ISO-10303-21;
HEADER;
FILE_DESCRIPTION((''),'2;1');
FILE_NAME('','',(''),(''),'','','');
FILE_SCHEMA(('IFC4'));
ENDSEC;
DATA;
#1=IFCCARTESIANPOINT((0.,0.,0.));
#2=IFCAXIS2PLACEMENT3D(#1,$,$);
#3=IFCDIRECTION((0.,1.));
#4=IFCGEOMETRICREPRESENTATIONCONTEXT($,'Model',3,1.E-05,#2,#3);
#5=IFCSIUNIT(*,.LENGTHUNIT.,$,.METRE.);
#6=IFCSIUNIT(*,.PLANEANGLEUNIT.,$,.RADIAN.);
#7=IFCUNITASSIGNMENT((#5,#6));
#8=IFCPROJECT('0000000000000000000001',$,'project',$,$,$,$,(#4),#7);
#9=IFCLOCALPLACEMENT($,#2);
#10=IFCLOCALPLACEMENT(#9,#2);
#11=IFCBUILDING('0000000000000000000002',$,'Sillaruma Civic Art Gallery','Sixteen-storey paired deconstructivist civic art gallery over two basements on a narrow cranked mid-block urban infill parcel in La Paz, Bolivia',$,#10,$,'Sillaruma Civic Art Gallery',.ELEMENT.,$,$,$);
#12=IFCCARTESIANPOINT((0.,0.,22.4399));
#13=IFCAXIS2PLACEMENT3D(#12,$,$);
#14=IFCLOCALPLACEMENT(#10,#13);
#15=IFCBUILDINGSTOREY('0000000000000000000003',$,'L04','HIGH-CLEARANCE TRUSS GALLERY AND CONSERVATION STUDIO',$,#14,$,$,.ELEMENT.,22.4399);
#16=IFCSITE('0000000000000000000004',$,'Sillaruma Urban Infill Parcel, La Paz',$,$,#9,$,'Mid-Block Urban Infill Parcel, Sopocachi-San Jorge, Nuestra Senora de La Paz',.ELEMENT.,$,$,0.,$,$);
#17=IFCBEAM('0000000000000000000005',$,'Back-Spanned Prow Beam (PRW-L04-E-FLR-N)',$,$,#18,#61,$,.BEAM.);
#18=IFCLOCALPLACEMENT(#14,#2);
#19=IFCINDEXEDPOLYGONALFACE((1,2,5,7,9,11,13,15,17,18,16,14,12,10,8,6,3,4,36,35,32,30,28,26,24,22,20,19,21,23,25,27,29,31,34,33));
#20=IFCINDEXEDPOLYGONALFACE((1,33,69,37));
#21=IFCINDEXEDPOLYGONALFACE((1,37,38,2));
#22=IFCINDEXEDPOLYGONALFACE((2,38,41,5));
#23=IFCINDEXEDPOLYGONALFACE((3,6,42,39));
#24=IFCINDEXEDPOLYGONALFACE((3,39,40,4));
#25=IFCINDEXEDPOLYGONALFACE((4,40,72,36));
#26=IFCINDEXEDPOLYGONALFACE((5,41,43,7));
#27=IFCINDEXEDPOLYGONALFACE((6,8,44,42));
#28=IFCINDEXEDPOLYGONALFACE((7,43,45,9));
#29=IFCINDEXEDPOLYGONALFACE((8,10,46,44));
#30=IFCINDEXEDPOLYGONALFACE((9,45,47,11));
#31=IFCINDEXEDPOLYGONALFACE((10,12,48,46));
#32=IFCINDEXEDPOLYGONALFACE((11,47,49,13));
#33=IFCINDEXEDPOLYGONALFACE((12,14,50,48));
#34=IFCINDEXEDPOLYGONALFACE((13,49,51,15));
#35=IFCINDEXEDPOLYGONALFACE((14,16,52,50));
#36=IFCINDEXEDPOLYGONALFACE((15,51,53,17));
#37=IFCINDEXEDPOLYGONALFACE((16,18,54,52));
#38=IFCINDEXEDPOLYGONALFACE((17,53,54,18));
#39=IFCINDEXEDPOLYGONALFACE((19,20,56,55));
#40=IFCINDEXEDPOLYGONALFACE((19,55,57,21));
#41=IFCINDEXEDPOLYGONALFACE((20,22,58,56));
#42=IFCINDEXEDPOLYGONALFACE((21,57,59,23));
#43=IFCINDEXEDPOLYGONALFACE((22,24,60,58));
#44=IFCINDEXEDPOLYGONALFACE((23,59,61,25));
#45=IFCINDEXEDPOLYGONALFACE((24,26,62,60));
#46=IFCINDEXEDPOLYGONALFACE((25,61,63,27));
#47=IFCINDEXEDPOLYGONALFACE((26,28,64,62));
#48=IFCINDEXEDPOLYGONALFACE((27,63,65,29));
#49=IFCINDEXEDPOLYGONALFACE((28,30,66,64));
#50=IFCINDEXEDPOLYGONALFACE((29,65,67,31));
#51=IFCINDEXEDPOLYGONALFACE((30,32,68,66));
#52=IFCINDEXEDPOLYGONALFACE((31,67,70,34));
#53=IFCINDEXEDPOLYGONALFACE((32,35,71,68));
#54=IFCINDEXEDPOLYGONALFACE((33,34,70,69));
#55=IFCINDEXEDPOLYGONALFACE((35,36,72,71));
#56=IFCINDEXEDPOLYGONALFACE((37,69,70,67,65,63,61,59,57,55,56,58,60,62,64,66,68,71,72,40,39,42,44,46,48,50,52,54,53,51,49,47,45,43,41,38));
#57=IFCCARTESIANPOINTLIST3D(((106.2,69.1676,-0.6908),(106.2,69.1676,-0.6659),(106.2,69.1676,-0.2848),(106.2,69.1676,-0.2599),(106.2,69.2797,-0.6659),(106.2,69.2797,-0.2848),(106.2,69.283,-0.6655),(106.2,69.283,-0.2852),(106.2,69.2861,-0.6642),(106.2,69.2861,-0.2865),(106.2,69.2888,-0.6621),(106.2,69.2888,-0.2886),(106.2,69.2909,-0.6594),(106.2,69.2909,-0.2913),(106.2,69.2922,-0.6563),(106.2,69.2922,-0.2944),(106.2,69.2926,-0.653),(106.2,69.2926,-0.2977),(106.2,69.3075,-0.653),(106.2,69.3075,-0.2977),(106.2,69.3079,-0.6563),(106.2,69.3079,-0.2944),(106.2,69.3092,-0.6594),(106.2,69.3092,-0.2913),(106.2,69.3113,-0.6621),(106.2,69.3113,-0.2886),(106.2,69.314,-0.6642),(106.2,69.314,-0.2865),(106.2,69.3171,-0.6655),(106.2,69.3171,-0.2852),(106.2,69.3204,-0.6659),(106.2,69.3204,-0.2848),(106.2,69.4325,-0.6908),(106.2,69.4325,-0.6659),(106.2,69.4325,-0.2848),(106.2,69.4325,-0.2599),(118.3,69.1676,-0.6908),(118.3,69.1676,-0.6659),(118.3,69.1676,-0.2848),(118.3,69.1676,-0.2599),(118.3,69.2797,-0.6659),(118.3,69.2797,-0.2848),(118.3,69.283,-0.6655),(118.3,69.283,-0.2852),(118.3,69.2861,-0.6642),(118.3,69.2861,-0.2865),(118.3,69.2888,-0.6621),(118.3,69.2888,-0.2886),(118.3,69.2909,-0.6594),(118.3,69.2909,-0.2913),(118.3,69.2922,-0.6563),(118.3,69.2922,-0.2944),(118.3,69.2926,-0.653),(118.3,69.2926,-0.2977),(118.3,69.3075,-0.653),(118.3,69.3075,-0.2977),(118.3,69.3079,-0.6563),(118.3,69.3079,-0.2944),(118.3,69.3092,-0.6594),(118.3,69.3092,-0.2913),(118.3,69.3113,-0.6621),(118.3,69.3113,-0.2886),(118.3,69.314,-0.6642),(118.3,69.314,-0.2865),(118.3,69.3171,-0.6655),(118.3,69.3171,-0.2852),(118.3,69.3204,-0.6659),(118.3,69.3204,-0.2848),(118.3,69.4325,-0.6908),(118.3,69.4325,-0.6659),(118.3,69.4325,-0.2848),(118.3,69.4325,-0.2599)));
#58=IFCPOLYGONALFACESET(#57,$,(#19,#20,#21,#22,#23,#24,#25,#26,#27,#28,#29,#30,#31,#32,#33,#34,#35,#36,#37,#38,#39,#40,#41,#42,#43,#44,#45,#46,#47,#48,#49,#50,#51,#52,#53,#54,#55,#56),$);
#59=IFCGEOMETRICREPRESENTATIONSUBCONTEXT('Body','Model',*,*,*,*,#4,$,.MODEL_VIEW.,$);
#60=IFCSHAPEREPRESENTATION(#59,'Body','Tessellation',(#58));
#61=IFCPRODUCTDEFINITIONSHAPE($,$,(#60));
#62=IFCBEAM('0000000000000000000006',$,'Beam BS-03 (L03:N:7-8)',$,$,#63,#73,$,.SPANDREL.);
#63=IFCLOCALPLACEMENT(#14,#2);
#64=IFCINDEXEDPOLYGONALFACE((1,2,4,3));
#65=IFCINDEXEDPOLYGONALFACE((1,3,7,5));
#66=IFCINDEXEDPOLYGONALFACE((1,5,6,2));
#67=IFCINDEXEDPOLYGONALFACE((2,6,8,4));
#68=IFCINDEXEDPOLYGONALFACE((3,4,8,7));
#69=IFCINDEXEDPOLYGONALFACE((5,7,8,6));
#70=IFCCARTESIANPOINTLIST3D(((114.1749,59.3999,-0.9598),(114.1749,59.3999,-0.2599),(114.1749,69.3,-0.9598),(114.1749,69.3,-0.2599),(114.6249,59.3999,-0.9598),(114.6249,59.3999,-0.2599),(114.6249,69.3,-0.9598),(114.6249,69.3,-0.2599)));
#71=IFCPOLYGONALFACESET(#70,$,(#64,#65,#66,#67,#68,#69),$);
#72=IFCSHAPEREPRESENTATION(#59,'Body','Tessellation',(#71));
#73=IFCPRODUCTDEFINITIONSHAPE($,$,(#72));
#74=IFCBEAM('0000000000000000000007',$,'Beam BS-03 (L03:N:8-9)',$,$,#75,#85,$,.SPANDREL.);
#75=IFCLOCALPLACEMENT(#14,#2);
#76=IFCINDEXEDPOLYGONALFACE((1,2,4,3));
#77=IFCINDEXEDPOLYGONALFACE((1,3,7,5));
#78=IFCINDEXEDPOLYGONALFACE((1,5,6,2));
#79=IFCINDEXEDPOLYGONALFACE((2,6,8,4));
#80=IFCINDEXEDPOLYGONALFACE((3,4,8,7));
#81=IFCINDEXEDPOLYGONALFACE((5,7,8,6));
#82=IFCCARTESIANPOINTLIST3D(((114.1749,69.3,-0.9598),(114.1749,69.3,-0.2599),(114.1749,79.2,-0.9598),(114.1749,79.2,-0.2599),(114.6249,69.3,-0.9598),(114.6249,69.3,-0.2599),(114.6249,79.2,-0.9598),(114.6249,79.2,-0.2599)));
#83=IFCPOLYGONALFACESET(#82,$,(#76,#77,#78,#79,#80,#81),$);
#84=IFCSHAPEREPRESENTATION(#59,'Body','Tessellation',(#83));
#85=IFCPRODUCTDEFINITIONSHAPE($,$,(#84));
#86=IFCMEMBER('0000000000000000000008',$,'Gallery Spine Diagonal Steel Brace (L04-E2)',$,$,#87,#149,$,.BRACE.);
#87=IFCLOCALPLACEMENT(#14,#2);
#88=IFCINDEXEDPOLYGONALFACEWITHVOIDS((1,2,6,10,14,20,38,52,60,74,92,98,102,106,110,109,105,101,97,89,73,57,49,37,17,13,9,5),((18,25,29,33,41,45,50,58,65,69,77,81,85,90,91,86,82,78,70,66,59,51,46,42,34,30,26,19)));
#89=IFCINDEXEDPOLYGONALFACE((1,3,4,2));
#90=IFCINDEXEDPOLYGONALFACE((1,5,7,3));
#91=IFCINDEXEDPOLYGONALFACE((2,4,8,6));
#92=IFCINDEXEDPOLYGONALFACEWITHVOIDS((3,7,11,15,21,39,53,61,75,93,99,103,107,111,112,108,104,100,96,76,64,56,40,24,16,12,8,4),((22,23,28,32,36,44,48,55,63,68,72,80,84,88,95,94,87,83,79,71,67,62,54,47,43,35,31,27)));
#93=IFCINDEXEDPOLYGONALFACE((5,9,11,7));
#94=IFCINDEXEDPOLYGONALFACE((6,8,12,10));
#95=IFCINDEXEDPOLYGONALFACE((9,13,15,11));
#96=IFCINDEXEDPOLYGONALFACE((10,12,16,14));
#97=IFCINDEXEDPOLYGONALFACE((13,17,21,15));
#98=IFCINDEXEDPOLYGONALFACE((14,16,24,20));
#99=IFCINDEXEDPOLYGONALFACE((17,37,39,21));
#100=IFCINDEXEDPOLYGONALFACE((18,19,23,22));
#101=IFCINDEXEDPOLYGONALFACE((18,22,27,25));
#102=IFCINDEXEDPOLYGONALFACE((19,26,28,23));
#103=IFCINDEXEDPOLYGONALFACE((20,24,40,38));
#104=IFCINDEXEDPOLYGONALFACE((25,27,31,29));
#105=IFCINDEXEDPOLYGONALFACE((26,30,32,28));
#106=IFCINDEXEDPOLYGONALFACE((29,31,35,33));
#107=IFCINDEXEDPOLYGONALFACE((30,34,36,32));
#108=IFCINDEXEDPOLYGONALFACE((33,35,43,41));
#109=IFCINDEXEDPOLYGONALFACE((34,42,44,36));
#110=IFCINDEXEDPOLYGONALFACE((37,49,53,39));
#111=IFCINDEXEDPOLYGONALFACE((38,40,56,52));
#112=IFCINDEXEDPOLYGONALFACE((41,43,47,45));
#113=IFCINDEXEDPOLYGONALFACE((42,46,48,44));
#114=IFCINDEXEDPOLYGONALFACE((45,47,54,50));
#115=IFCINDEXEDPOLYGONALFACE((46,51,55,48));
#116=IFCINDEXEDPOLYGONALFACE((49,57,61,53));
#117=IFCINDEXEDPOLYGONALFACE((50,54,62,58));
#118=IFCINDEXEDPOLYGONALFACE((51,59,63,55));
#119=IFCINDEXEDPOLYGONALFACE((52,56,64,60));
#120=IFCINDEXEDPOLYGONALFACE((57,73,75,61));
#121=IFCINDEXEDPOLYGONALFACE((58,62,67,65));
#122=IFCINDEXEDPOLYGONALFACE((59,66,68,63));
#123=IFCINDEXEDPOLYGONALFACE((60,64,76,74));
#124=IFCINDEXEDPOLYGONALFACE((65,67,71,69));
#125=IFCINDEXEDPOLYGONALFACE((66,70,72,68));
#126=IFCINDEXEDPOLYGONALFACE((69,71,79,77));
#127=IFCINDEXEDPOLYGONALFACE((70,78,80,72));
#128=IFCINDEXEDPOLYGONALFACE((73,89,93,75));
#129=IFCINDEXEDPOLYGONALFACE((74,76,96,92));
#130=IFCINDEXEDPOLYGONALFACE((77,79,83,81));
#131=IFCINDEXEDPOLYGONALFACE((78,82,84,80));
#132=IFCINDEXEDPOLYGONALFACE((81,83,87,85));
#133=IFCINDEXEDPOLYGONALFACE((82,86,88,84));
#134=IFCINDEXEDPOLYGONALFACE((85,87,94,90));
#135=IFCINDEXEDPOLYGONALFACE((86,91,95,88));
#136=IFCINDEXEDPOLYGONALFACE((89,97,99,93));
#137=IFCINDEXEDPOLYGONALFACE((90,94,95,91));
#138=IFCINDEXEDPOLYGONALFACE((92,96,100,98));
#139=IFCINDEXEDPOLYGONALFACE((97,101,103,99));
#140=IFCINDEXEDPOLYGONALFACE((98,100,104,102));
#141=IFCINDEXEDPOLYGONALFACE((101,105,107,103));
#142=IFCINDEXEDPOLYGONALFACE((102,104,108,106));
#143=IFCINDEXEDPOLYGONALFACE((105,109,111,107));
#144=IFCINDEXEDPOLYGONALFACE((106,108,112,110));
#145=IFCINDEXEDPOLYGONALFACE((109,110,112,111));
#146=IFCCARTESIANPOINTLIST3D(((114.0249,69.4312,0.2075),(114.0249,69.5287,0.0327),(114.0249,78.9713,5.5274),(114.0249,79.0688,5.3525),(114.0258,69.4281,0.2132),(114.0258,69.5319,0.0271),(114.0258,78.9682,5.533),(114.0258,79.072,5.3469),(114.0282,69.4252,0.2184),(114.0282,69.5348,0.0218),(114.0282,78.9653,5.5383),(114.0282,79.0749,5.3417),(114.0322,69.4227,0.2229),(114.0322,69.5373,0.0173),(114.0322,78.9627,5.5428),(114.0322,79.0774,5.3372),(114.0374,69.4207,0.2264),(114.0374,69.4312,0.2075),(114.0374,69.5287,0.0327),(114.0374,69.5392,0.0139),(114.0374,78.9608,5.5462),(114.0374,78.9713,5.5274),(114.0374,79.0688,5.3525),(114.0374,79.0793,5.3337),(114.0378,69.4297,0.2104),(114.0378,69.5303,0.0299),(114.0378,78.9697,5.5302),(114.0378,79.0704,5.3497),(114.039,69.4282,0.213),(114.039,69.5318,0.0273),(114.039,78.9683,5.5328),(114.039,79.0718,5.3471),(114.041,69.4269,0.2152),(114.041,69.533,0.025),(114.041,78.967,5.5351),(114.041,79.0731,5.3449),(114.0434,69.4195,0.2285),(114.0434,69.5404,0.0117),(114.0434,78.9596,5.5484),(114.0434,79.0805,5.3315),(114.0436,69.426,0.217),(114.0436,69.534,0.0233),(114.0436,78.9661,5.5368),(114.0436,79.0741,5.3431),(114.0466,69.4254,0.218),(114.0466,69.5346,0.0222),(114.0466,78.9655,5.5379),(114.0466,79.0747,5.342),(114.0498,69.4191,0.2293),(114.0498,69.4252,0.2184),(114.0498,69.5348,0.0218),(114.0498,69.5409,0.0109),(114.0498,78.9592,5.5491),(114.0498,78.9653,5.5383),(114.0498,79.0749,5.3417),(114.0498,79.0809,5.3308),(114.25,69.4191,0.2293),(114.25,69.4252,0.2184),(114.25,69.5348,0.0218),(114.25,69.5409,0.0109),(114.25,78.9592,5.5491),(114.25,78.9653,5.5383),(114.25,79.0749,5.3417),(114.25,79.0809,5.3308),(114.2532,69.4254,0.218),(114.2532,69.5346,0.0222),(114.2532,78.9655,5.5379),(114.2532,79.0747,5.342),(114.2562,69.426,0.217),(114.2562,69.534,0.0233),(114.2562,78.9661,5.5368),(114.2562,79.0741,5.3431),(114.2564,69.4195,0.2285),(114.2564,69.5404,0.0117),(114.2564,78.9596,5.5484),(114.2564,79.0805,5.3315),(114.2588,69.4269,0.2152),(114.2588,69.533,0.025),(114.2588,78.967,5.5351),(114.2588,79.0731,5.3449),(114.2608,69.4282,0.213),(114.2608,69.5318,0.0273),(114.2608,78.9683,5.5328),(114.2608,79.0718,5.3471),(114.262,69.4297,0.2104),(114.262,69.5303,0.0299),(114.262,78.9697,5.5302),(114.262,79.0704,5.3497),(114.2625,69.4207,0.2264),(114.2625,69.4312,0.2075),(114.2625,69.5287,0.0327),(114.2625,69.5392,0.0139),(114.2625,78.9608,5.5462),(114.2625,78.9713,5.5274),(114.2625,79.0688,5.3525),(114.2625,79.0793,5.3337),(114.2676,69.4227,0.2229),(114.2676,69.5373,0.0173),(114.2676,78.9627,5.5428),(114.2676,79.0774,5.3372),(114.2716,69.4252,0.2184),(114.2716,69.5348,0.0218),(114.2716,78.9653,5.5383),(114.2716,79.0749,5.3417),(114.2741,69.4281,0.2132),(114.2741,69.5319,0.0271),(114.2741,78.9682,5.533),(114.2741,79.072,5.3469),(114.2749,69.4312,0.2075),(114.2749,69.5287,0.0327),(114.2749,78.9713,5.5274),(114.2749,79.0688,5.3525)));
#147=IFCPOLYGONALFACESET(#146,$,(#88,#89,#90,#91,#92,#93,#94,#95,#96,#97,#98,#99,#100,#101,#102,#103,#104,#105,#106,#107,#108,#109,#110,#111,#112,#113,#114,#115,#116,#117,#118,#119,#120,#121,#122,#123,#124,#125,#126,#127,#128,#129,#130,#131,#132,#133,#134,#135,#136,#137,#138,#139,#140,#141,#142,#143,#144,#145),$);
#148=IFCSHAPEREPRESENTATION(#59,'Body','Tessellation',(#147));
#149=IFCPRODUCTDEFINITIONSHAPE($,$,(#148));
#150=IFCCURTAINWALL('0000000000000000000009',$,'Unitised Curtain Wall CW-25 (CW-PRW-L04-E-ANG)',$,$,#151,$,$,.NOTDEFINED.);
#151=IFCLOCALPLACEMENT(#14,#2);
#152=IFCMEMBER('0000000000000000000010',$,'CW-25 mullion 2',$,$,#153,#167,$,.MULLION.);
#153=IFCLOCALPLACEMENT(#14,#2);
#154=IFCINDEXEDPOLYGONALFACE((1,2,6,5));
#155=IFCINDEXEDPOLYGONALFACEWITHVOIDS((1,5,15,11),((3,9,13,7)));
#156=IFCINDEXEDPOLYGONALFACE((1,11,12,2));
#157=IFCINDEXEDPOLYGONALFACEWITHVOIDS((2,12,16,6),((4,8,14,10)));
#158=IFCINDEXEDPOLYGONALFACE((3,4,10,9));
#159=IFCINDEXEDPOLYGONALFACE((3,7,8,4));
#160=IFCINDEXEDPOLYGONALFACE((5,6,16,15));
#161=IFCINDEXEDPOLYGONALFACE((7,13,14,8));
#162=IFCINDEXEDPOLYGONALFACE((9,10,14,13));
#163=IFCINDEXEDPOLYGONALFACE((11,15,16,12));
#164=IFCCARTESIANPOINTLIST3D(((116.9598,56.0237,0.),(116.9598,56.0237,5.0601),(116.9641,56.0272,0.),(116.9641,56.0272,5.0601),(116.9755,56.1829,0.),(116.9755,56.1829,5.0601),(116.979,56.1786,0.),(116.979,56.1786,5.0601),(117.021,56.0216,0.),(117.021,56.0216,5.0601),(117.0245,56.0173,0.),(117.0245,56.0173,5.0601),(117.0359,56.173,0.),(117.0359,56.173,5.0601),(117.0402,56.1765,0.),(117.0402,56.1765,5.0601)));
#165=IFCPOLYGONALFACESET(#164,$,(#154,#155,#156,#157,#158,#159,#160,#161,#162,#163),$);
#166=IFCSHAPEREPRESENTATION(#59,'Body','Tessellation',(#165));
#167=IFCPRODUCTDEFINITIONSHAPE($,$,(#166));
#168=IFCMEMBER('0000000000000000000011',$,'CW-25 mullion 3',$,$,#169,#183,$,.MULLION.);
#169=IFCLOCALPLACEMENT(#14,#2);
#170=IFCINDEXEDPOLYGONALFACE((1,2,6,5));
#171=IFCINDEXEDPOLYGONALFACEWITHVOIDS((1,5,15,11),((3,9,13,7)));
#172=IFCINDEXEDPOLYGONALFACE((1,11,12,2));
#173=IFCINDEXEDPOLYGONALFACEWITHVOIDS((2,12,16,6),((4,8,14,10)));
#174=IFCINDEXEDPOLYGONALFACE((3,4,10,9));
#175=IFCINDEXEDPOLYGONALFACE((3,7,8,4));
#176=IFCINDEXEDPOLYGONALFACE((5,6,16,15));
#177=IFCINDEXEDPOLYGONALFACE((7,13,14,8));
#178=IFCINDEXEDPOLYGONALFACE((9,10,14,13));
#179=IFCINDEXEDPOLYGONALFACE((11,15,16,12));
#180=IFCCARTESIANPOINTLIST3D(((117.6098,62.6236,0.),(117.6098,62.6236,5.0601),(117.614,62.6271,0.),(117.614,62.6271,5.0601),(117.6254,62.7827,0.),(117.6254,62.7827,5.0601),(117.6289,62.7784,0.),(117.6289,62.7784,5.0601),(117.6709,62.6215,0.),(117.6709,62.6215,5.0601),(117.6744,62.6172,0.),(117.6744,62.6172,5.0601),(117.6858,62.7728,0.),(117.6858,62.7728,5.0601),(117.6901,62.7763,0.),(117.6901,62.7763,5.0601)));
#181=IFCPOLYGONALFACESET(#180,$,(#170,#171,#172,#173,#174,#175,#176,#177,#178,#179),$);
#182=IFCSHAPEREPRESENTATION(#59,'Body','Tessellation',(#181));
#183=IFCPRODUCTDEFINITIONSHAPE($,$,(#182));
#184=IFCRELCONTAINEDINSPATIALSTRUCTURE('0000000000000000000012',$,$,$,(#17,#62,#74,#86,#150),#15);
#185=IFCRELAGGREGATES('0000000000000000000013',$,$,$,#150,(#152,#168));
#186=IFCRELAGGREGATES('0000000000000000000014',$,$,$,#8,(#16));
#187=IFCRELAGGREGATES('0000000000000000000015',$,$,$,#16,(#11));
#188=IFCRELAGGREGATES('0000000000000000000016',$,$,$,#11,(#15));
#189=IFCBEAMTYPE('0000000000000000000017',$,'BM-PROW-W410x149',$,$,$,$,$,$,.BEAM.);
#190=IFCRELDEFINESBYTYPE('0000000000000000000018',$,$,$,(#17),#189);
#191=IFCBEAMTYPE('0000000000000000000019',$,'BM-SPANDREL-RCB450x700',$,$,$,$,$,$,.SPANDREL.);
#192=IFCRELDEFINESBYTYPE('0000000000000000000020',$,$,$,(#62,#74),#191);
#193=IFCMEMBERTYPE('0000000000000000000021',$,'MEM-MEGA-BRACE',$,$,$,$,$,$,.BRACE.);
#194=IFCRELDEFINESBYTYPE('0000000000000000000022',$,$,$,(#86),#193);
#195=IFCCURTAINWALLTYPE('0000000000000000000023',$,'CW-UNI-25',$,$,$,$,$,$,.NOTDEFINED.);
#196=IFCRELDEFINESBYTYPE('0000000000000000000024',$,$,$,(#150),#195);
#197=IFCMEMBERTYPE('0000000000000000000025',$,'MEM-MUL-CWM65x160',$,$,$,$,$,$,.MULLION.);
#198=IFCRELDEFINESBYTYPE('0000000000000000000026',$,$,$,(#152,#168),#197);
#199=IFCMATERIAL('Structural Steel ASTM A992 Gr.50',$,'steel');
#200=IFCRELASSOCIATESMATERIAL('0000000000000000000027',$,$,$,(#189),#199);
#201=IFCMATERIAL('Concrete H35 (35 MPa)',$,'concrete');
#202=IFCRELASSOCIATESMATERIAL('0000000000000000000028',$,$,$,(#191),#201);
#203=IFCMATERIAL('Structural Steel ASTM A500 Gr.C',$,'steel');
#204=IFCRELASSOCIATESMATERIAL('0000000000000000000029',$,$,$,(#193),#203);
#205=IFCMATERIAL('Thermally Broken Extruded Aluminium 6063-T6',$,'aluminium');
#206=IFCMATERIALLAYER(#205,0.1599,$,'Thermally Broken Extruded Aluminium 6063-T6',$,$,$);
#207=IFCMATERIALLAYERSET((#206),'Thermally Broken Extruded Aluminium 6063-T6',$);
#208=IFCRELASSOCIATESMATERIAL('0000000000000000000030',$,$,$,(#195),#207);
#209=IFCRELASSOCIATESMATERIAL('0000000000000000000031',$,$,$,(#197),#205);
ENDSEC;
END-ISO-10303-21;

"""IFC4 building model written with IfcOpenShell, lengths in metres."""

from ifc_helpers import new_model, si_unit, direction, frame, origin, origin_2d, place, context, subcontext, project, spatial, rectangle, hollow_rectangle, i_section, extrude, material, layer, layer_set, material_profile, profile_set, type_object, element, aggregate, save


model = new_model("IFC4")

# Units and contexts
model_context = context("Model", 3, precision=1e-05, world=origin(), true_north=direction((0.0, 1.0)))
body_context = subcontext(model_context, "Body", "Model", "MODEL_VIEW")
ifc_project = project(units=[si_unit("LENGTHUNIT", "METRE"), si_unit("PLANEANGLEUNIT", "RADIAN")], contexts=[model_context])

# Site, building, storey
site_placement = place(None, origin())
site = spatial("IfcSite", under=ifc_project, at=site_placement, Name="Sillaruma Urban Infill Parcel, La Paz", LongName="Mid-Block Urban Infill Parcel, Sopocachi-San Jorge, Nuestra Senora de La Paz", CompositionType="ELEMENT", RefElevation=0.0)
building_placement = place(site_placement, origin())
building = spatial("IfcBuilding", under=site, at=building_placement, Name="Sillaruma Civic Art Gallery", Description="Sixteen-storey paired deconstructivist civic art gallery over two basements on a narrow cranked mid-block urban infill parcel in La Paz, Bolivia", LongName="Sillaruma Civic Art Gallery", CompositionType="ELEMENT")
storey_placement = place(building_placement, frame((0.0, 0.0, 22.4399)))
storey = spatial("IfcBuildingStorey", under=building, at=storey_placement, Name="L04", Description="HIGH-CLEARANCE TRUSS GALLERY AND CONSERVATION STUDIO", CompositionType="ELEMENT", Elevation=22.4399)

# Beams
ifc_material_1 = material(Name="Structural Steel ASTM A500 Gr.C", Category="steel")
ifc_material_2 = material(Name="Structural Steel ASTM A992 Gr.50", Category="steel")
ifc_material_profile_1 = material_profile(ifc_material_2, i_section(OverallWidth=0.2649, OverallDepth=0.4309, WebThickness=0.0149, FlangeThickness=0.0249, FilletRadius=0.0129, at=origin_2d()), Name="W410x149")
ifc_profile_set_1 = profile_set([ifc_material_profile_1], Name="Structural Steel ASTM A992 Gr.50")
beam_type_1 = type_object("IfcBeamType", Name="BM-PROW-W410x149", PredefinedType="BEAM", material=ifc_profile_set_1)
beam_1_placement = place(storey_placement, frame((106.2, 69.3, -0.4753), z_axis=(1.0, 0.0, 0.0), x_axis=(0.0, 1.0, 0.0)))
element("IfcBeam", 1, at=beam_1_placement, inside=storey, type_object=beam_type_1, Name="Back-Spanned Prow Beam (PRW-L04-E-FLR-N)", PredefinedType="BEAM", context=body_context, shape_type="SweptSolid", body=[
    extrude(i_section(OverallWidth=0.2649, OverallDepth=0.4309, WebThickness=0.0149, FlangeThickness=0.0249, FilletRadius=0.0129, at=origin_2d()), origin(), (0.0, 0.0, 1.0), 12.1001),
])
ifc_material_3 = material(Name="Concrete H35 (35 MPa)", Category="concrete")
ifc_material_profile_2 = material_profile(ifc_material_3, rectangle(XDim=0.45, YDim=0.7, at=origin_2d()), Name="RCB450x700")
ifc_profile_set_2 = profile_set([ifc_material_profile_2], Name="Concrete H35 (35 MPa)")
beam_type_2 = type_object("IfcBeamType", Name="BM-SPANDREL-RCB450x700", PredefinedType="SPANDREL", material=ifc_profile_set_2)
beam_2_placement = place(storey_placement, frame((114.3999, 59.3999, -0.6099), z_axis=(0.0, 1.0, 0.0), x_axis=(-1.0, 0.0, 0.0)))
element("IfcBeam", 2, at=beam_2_placement, inside=storey, type_object=beam_type_2, Name="Beam BS-03 (L03:N:7-8)", PredefinedType="SPANDREL", context=body_context, shape_type="SweptSolid", body=[
    extrude(rectangle(XDim=0.45, YDim=0.7, at=origin_2d()), origin(), (0.0, 0.0, 1.0), 9.9001),
])
beam_3_placement = place(storey_placement, frame((114.3999, 69.3, -0.6099), z_axis=(0.0, 1.0, 0.0), x_axis=(-1.0, 0.0, 0.0)))
element("IfcBeam", 3, at=beam_3_placement, inside=storey, type_object=beam_type_2, Name="Beam BS-03 (L03:N:8-9)", PredefinedType="SPANDREL", context=body_context, shape_type="SweptSolid", body=[
    extrude(rectangle(XDim=0.45, YDim=0.7, at=origin_2d()), origin(), (0.0, 0.0, 1.0), 9.8999),
])

# Member
ifc_material_profile_3 = material_profile(ifc_material_1, hollow_rectangle(XDim=0.25, YDim=0.25, WallThickness=0.0125, InnerFilletRadius=0.0125, OuterFilletRadius=0.0249, at=origin_2d()), Name="HSS250x250x12.5")
ifc_profile_set_3 = profile_set([ifc_material_profile_3], Name="Structural Steel ASTM A500 Gr.C")
member_type_1 = type_object("IfcMemberType", Name="MEM-MEGA-BRACE", PredefinedType="BRACE", material=ifc_profile_set_3)
member_1_placement = place(storey_placement, frame((114.1499, 69.48, 0.1201), z_axis=(0.0, 0.873387, 0.487028), x_axis=(-1.0, 0.0, 0.0)))
element("IfcMember", 4, at=member_1_placement, inside=storey, type_object=member_type_1, Name="Gallery Spine Diagonal Steel Brace (L04-E2)", PredefinedType="BRACE", context=body_context, shape_type="SweptSolid", body=[
    extrude(hollow_rectangle(XDim=0.25, YDim=0.25, WallThickness=0.0125, InnerFilletRadius=0.0125, OuterFilletRadius=0.0249, at=origin_2d()), origin(), (0.0, 0.0, 1.0), 10.9231),
])

# Curtain wall, members
ifc_material_4 = material(Name="Thermally Broken Extruded Aluminium 6063-T6", Category="aluminium")
ifc_layer_1 = layer(ifc_material_4, 0.1599, Name="Thermally Broken Extruded Aluminium 6063-T6")
ifc_layer_set_1 = layer_set([ifc_layer_1], Name="Thermally Broken Extruded Aluminium 6063-T6")
curtain_wall_type_1 = type_object("IfcCurtainWallType", Name="CW-UNI-25", PredefinedType="NOTDEFINED", material=ifc_layer_set_1)
curtain_wall_1_placement = place(storey_placement, origin())
curtain_wall_1 = element("IfcCurtainWall", 5, at=curtain_wall_1_placement, inside=storey, type_object=curtain_wall_type_1, Name="Unitised Curtain Wall CW-25 (CW-PRW-L04-E-ANG)", PredefinedType="NOTDEFINED")
ifc_material_profile_4 = material_profile(ifc_material_4, hollow_rectangle(XDim=0.0649, YDim=0.1599, WallThickness=0.0039, at=origin_2d()), Name="CWM65x160")
ifc_profile_set_4 = profile_set([ifc_material_profile_4], Name="Thermally Broken Extruded Aluminium 6063-T6")
member_type_2 = type_object("IfcMemberType", Name="MEM-MUL-CWM65x160", PredefinedType="MULLION", material=ifc_profile_set_4)
member_2_placement = place(storey_placement, frame((117.0, 56.1001, 0.0), z_axis=(0.0, 0.0, 1.0), x_axis=(-0.995185, 0.098011, 0.0)))
member_2 = element("IfcMember", 6, at=member_2_placement, type_object=member_type_2, Name="CW-25 mullion 2", PredefinedType="MULLION", context=body_context, shape_type="SweptSolid", body=[
    extrude(hollow_rectangle(XDim=0.0649, YDim=0.1599, WallThickness=0.0039, at=origin_2d()), origin(), (0.0, 0.0, 1.0), 5.0601),
])
member_3_placement = place(storey_placement, frame((117.6499, 62.7, 0.0), z_axis=(0.0, 0.0, 1.0), x_axis=(-0.995185, 0.098011, 0.0)))
member_3 = element("IfcMember", 7, at=member_3_placement, type_object=member_type_2, Name="CW-25 mullion 3", PredefinedType="MULLION", context=body_context, shape_type="SweptSolid", body=[
    extrude(hollow_rectangle(XDim=0.0649, YDim=0.1599, WallThickness=0.0039, at=origin_2d()), origin(), (0.0, 0.0, 1.0), 5.0601),
])

aggregate(curtain_wall_1, [member_2, member_3])

save(model, "model.ifc")
